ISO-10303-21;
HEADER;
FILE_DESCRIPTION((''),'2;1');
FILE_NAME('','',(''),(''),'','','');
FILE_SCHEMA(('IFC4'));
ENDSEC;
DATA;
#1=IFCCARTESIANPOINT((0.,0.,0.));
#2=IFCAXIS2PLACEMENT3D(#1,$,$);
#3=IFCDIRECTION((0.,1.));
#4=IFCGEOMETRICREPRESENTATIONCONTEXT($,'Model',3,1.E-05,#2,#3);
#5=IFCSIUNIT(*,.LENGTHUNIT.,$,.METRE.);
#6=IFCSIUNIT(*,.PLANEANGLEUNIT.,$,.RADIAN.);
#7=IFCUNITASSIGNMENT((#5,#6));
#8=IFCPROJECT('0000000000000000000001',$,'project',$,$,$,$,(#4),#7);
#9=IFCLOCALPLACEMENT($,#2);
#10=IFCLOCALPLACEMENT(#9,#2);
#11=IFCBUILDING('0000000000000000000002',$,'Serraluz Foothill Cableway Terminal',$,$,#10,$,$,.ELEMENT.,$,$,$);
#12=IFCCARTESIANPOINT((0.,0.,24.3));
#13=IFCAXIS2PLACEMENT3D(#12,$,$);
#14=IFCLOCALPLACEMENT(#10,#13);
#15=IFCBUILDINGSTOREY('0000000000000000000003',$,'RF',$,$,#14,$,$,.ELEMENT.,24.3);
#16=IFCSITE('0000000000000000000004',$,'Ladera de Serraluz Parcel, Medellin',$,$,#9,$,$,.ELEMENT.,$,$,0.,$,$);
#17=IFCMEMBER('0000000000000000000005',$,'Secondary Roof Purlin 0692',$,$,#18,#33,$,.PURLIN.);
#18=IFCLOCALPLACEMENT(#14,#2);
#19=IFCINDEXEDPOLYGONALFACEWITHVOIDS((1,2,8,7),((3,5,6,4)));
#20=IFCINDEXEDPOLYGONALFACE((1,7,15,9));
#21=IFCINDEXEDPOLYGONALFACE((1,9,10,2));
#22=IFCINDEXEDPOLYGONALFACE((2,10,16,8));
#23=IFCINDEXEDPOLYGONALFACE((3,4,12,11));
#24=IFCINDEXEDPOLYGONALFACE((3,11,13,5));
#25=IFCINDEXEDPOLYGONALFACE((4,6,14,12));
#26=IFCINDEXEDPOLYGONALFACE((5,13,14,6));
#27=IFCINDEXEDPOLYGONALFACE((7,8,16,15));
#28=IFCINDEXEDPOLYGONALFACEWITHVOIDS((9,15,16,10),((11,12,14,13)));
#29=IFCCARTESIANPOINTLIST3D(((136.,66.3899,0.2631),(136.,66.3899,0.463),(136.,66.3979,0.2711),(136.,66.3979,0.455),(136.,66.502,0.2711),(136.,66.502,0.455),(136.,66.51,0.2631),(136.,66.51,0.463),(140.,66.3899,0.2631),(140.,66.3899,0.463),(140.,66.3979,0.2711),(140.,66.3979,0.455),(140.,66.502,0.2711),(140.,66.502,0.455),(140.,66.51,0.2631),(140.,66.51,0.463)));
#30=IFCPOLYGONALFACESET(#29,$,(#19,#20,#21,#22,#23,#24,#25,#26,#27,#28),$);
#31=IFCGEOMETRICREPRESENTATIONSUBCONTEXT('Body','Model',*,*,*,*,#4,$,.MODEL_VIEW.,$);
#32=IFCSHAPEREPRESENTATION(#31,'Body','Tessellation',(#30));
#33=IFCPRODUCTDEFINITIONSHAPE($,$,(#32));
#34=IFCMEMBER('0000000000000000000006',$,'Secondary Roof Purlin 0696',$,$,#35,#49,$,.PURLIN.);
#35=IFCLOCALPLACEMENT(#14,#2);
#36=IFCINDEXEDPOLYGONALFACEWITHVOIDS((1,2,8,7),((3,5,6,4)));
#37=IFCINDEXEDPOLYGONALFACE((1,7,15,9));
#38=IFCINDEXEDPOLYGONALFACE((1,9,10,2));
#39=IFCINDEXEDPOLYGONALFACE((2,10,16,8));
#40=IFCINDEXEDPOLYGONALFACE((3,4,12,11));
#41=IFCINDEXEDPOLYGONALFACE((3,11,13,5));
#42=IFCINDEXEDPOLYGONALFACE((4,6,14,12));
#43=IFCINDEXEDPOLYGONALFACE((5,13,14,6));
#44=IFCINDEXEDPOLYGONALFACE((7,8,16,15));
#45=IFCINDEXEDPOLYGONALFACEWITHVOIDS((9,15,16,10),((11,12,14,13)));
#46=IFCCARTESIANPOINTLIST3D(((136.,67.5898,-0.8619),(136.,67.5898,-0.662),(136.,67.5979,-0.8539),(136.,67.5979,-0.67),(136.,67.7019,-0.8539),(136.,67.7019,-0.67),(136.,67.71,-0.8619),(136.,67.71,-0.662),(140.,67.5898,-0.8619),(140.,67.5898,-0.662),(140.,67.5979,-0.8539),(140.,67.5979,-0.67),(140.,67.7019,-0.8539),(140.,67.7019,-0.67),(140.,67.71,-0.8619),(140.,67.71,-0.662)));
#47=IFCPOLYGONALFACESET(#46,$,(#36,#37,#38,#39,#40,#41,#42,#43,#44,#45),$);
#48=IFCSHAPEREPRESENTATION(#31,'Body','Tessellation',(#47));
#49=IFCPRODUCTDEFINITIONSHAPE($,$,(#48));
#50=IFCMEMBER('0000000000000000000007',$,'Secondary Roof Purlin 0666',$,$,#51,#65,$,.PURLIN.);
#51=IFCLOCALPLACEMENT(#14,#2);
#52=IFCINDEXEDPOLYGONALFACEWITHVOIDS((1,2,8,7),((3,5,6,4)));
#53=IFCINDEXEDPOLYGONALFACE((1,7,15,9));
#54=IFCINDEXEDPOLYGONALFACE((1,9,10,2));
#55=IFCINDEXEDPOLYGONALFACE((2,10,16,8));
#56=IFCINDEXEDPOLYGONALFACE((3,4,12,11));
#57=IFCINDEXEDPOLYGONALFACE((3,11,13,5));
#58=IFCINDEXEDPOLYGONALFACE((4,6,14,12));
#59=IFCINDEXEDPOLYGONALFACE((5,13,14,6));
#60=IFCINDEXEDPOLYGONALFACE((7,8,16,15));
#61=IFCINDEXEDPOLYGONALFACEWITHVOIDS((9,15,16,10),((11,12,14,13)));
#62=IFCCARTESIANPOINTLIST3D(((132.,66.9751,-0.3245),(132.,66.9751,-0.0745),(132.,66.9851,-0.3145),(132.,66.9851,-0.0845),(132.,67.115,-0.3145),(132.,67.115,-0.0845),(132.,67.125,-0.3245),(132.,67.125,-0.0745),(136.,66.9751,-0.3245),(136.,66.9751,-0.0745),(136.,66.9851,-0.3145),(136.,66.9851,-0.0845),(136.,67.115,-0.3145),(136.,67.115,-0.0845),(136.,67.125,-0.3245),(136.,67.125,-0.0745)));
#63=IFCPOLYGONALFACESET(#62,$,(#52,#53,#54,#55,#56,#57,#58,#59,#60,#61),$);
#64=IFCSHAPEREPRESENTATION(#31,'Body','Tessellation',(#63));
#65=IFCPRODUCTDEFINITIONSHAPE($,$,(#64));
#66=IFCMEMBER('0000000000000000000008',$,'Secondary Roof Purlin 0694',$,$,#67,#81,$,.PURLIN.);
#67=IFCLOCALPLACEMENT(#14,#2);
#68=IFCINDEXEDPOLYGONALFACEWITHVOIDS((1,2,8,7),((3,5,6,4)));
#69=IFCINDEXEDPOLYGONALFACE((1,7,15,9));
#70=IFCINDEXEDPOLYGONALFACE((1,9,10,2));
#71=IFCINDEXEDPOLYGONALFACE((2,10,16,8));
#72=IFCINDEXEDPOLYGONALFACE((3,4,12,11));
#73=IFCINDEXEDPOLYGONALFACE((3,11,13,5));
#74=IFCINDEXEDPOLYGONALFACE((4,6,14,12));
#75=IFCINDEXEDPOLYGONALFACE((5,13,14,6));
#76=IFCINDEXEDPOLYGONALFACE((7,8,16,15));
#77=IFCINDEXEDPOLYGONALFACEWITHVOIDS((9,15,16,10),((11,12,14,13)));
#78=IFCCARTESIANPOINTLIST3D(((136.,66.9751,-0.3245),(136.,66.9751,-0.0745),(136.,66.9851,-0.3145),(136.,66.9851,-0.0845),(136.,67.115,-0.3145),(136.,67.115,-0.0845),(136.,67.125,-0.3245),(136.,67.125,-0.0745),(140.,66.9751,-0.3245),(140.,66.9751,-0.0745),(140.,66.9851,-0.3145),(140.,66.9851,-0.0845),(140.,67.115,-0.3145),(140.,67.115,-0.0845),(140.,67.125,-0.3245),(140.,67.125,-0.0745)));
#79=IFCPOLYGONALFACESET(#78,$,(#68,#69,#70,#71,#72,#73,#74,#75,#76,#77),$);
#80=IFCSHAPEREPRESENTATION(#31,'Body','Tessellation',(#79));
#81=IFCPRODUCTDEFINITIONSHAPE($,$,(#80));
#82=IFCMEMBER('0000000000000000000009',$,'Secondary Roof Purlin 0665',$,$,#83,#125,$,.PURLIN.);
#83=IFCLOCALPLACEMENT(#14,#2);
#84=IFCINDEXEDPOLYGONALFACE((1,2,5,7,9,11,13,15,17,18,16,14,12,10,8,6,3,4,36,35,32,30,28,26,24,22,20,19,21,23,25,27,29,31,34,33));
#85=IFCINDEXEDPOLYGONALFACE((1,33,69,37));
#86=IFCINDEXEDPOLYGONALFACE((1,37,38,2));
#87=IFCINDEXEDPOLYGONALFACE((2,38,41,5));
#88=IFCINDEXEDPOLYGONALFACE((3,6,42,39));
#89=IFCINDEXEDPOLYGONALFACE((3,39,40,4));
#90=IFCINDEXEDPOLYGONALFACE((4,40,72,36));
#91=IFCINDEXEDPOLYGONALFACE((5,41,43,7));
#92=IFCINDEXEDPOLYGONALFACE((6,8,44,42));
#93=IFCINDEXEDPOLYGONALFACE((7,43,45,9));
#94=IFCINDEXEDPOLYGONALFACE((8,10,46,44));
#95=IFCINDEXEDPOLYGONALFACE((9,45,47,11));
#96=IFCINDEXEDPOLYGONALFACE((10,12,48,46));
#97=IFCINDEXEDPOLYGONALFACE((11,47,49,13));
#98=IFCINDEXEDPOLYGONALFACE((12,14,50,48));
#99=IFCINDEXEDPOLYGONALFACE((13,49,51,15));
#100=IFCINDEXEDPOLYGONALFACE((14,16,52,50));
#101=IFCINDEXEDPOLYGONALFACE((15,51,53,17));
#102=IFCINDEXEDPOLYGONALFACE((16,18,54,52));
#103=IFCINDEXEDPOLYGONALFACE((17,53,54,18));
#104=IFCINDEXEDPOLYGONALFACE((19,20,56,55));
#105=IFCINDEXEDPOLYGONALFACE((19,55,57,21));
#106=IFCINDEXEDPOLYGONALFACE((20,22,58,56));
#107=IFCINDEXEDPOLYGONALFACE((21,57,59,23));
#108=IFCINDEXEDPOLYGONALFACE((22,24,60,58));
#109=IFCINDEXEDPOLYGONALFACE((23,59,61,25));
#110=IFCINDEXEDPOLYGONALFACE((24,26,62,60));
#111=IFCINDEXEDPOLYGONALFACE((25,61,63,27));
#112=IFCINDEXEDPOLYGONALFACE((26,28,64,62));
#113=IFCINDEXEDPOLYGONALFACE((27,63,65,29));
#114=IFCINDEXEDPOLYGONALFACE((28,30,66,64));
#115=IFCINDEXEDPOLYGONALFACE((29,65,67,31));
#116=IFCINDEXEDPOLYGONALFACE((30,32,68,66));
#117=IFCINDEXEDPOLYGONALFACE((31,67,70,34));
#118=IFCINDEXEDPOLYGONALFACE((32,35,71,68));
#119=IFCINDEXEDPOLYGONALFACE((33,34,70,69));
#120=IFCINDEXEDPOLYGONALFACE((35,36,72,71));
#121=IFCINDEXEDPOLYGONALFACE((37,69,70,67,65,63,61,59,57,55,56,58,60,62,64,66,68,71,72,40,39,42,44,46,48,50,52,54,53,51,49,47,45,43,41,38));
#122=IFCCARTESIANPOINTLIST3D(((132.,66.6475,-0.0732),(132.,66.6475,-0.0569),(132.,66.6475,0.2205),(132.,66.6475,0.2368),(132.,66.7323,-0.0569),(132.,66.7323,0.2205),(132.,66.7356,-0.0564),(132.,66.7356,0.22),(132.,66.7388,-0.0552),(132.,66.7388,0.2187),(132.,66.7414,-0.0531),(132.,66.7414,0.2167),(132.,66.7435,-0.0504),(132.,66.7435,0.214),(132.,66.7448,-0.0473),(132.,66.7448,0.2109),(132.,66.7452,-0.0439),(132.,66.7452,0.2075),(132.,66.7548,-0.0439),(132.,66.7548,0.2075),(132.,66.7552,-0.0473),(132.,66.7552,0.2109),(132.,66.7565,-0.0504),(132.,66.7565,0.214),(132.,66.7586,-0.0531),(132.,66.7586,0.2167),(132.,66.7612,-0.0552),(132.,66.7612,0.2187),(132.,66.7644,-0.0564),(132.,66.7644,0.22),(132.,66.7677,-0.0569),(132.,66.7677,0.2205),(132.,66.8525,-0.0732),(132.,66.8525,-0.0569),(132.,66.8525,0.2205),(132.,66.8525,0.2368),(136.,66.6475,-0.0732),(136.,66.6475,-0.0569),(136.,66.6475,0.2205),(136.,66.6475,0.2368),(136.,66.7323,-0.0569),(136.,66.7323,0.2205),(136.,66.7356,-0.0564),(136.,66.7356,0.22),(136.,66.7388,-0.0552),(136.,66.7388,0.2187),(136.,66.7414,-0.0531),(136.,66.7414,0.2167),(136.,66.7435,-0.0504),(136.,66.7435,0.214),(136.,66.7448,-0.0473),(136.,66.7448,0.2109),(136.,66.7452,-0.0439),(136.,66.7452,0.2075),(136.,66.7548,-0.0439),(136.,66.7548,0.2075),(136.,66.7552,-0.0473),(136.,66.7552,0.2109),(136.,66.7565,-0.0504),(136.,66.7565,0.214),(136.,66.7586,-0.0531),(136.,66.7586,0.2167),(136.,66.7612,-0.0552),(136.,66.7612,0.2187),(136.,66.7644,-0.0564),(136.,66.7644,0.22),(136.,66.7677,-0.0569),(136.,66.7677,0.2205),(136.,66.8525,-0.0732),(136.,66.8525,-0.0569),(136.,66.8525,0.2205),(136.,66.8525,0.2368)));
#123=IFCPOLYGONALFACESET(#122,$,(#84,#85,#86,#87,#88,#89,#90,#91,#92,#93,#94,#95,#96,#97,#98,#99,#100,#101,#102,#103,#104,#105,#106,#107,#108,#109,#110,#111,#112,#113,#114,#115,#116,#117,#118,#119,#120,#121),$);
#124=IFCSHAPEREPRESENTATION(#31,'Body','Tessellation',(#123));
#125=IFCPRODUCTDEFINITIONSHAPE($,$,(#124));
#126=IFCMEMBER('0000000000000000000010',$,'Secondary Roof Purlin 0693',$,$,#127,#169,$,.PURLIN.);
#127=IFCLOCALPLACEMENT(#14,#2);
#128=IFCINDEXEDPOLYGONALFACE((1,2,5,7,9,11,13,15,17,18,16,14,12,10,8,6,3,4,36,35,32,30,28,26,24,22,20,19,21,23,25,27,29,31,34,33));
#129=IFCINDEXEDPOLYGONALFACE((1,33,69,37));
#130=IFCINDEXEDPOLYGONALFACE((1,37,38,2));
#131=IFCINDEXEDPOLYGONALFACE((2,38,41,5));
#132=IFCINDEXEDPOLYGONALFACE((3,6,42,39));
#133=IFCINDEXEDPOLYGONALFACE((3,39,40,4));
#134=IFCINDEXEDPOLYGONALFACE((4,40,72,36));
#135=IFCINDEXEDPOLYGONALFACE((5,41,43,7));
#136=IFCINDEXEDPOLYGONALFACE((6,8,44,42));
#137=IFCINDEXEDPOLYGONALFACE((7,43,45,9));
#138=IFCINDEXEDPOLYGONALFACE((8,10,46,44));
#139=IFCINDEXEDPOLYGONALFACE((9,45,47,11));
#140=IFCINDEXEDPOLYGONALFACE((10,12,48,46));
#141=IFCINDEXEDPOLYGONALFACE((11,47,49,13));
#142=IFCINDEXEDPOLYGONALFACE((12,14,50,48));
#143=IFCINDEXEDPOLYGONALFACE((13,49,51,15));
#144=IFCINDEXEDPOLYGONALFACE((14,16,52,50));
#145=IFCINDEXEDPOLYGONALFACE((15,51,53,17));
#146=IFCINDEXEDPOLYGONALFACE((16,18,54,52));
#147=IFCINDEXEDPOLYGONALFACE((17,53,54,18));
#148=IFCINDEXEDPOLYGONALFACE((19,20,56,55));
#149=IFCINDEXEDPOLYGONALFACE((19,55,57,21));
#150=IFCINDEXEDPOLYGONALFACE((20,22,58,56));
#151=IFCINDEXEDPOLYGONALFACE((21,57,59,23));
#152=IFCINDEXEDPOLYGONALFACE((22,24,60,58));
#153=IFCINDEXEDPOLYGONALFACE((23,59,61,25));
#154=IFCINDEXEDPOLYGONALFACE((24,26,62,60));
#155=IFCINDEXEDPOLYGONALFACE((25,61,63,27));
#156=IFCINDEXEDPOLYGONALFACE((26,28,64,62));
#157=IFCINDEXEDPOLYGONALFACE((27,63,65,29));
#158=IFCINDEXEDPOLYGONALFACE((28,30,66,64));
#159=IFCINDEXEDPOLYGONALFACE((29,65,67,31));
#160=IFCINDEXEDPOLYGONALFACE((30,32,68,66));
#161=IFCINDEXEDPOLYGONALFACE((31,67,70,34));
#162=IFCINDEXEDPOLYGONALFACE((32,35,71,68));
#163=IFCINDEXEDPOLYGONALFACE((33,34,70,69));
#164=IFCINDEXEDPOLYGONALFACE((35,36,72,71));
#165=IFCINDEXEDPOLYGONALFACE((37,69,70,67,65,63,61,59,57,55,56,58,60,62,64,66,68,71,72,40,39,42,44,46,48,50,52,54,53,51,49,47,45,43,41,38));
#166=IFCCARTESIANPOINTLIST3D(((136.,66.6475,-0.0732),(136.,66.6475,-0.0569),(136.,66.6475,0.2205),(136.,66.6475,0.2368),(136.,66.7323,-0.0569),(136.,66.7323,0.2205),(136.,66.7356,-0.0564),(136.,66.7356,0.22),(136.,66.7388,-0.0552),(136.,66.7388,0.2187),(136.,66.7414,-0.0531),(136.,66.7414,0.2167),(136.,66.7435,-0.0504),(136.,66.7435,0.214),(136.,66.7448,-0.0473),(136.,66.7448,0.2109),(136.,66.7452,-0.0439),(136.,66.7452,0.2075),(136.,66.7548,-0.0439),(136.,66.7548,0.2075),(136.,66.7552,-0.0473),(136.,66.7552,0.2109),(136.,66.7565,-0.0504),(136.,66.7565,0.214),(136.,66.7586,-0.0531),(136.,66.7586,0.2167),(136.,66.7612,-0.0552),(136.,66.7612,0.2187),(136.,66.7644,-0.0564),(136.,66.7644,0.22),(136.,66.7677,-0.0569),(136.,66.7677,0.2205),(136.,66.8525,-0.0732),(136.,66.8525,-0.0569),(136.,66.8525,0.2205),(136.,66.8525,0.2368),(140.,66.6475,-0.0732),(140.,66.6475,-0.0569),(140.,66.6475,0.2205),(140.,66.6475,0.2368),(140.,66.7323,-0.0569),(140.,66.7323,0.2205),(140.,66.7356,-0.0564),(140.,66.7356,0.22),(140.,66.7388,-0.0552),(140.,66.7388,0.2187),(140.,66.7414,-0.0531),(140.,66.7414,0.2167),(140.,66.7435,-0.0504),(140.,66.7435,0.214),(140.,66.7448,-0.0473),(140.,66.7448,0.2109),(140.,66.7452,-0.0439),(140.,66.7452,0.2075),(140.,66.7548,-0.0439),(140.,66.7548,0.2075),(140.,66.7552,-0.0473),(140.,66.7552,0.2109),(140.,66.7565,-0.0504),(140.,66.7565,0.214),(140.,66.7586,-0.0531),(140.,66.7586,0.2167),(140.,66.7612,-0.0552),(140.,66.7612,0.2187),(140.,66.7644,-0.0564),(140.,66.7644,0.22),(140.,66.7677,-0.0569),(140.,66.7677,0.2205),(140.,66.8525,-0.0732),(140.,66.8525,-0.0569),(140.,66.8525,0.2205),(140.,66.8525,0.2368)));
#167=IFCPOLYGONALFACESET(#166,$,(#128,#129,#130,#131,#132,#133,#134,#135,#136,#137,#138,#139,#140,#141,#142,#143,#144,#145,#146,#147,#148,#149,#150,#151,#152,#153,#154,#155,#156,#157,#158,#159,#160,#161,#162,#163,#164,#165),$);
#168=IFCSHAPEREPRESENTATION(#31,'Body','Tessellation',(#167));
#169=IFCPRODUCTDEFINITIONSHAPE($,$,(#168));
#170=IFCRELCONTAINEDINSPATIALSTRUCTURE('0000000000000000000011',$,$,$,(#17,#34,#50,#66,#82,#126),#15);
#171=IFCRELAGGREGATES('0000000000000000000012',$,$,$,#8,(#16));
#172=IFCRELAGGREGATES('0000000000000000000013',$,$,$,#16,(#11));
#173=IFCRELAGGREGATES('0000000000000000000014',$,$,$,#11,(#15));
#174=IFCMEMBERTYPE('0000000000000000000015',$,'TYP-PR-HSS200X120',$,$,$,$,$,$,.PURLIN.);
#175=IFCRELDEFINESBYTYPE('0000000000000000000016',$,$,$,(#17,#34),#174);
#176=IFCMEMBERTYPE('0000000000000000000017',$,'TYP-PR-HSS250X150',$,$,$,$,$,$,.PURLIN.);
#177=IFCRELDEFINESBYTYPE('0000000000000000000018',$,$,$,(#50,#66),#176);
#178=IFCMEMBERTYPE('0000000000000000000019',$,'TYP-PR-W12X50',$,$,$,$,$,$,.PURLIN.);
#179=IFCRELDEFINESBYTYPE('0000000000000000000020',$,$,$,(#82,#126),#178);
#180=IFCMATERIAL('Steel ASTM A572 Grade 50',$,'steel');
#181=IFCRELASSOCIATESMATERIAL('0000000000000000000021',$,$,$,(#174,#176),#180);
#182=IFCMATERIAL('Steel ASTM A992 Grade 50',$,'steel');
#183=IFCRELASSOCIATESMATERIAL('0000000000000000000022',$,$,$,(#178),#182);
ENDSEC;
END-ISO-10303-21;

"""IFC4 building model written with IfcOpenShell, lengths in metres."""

from ifc_helpers import new_model, si_unit, direction, frame, origin, origin_2d, place, context, subcontext, project, spatial, hollow_rectangle, i_section, extrude, material, material_profile, profile_set, type_object, element, save


model = new_model("IFC4")

# Units and contexts
model_context = context("Model", 3, precision=1e-05, world=origin(), true_north=direction((0.0, 1.0)))
body_context = subcontext(model_context, "Body", "Model", "MODEL_VIEW")
ifc_project = project(units=[si_unit("LENGTHUNIT", "METRE"), si_unit("PLANEANGLEUNIT", "RADIAN")], contexts=[model_context])

# Site, building, storey
site_placement = place(None, origin())
site = spatial("IfcSite", under=ifc_project, at=site_placement, Name="Ladera de Serraluz Parcel, Medellin", CompositionType="ELEMENT", RefElevation=0.0)
building_placement = place(site_placement, origin())
building = spatial("IfcBuilding", under=site, at=building_placement, Name="Serraluz Foothill Cableway Terminal", CompositionType="ELEMENT")
storey_placement = place(building_placement, frame((0.0, 0.0, 24.3)))
storey = spatial("IfcBuildingStorey", under=building, at=storey_placement, Name="RF", CompositionType="ELEMENT", Elevation=24.3)

# Members
ifc_material_1 = material(Name="Steel ASTM A572 Grade 50", Category="steel")
ifc_material_profile_1 = material_profile(ifc_material_1, hollow_rectangle(XDim=0.1201, YDim=0.2, WallThickness=0.0081, at=origin_2d()), Name="HSS200X120X8")
ifc_profile_set_1 = profile_set([ifc_material_profile_1], Name="Steel ASTM A572 Grade 50")
member_type_1 = type_object("IfcMemberType", Name="TYP-PR-HSS200X120", PredefinedType="PURLIN", material=ifc_profile_set_1)
for number, where, z_axis, x_axis, name in (
    (1, (136.0, 66.45, 0.363), (1.0, 0.0, 0.0), (0.0, 1.0, 0.0), "Secondary Roof Purlin 0692"),
    (2, (136.0, 67.6499, -0.762), (1.0, 0.0, 0.0), (0.0, 1.0, 0.0), "Secondary Roof Purlin 0696"),
):
    element("IfcMember", number, at=place(storey_placement, frame(where, z_axis=z_axis, x_axis=x_axis)), inside=storey, type_object=member_type_1, Name=name, PredefinedType="PURLIN", context=body_context, shape_type="SweptSolid", body=[
        extrude(hollow_rectangle(XDim=0.1201, YDim=0.2, WallThickness=0.0081, at=origin_2d()), origin(), (0.0, 0.0, 1.0), 4.0),
    ])
ifc_material_profile_2 = material_profile(ifc_material_1, hollow_rectangle(XDim=0.1499, YDim=0.25, WallThickness=0.01, at=origin_2d()), Name="HSS250X150X10")
ifc_profile_set_2 = profile_set([ifc_material_profile_2], Name="Steel ASTM A572 Grade 50")
member_type_2 = type_object("IfcMemberType", Name="TYP-PR-HSS250X150", PredefinedType="PURLIN", material=ifc_profile_set_2)
for number, where, z_axis, x_axis, name in (
    (3, (132.0, 67.05, -0.1995), (1.0, 0.0, 0.0), (0.0, 1.0, 0.0), "Secondary Roof Purlin 0666"),
    (4, (136.0, 67.05, -0.1995), (1.0, 0.0, 0.0), (0.0, 1.0, 0.0), "Secondary Roof Purlin 0694"),
):
    element("IfcMember", number, at=place(storey_placement, frame(where, z_axis=z_axis, x_axis=x_axis)), inside=storey, type_object=member_type_2, Name=name, PredefinedType="PURLIN", context=body_context, shape_type="SweptSolid", body=[
        extrude(hollow_rectangle(XDim=0.1499, YDim=0.25, WallThickness=0.01, at=origin_2d()), origin(), (0.0, 0.0, 1.0), 4.0),
    ])
ifc_material_2 = material(Name="Steel ASTM A992 Grade 50", Category="steel")
ifc_material_profile_3 = material_profile(ifc_material_2, i_section(OverallWidth=0.2051, OverallDepth=0.3101, WebThickness=0.0095, FlangeThickness=0.0164, FilletRadius=0.0129, at=origin_2d()), Name="W12X50")
ifc_profile_set_3 = profile_set([ifc_material_profile_3], Name="Steel ASTM A992 Grade 50")
member_type_3 = type_object("IfcMemberType", Name="TYP-PR-W12X50", PredefinedType="PURLIN", material=ifc_profile_set_3)
for number, where, z_axis, x_axis, name in (
    (5, (132.0, 66.75, 0.0818), (1.0, 0.0, 0.0), (0.0, 1.0, 0.0), "Secondary Roof Purlin 0665"),
    (6, (136.0, 66.75, 0.0818), (1.0, 0.0, 0.0), (0.0, 1.0, 0.0), "Secondary Roof Purlin 0693"),
):
    element("IfcMember", number, at=place(storey_placement, frame(where, z_axis=z_axis, x_axis=x_axis)), inside=storey, type_object=member_type_3, Name=name, PredefinedType="PURLIN", context=body_context, shape_type="SweptSolid", body=[
        extrude(i_section(OverallWidth=0.2051, OverallDepth=0.3101, WebThickness=0.0095, FlangeThickness=0.0164, FilletRadius=0.0129, at=origin_2d()), origin(), (0.0, 0.0, 1.0), 4.0),
    ])

save(model, "model.ifc")
